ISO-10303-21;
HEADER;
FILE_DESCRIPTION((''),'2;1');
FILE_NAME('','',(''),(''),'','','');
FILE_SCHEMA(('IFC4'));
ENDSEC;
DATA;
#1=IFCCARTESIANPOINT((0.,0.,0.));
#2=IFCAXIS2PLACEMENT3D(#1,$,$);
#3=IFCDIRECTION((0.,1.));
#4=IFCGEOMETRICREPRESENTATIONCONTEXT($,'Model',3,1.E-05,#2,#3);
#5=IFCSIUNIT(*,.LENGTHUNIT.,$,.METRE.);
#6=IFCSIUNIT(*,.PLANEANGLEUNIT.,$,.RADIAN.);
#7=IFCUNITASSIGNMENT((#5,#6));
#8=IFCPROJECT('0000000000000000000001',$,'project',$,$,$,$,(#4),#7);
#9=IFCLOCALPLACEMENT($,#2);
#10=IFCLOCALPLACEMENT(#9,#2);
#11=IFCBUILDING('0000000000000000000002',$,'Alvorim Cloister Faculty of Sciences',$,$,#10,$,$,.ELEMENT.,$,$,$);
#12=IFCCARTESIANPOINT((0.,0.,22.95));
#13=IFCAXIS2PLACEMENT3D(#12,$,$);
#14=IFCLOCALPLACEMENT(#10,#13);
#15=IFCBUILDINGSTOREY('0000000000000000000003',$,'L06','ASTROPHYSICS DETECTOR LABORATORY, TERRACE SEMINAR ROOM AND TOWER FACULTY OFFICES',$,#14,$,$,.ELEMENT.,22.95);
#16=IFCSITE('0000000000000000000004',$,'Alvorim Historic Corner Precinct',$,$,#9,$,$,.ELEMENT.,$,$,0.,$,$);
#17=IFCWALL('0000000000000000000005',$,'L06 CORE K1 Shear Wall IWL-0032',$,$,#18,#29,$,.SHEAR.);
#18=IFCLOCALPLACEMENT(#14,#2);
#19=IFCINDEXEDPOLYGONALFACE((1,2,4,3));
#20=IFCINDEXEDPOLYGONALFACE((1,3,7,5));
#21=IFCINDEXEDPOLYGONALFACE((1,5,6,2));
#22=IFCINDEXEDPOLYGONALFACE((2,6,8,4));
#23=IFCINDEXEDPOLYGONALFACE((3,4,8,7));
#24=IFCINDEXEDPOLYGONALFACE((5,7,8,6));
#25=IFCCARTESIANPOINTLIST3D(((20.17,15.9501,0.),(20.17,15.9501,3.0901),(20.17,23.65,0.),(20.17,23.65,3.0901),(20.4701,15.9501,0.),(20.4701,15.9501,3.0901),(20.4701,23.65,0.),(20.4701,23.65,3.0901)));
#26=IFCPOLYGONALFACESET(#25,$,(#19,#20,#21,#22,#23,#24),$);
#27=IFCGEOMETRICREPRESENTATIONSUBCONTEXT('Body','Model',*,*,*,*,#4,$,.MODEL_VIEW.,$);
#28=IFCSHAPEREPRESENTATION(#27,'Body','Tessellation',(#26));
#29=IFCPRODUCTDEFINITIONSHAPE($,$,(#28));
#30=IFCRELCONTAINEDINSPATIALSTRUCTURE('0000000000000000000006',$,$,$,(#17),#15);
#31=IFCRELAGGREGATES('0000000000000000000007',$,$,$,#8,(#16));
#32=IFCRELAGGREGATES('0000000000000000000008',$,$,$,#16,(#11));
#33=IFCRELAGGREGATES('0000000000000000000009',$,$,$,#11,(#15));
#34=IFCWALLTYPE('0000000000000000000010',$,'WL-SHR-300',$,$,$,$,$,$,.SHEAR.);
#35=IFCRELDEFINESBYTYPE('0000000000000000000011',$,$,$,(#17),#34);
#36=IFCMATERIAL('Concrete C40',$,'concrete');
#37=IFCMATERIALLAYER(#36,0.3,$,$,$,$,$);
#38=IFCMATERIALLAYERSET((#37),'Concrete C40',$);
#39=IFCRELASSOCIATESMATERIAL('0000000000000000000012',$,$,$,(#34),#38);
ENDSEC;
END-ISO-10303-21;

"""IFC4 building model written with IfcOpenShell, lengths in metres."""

from ifc_helpers import new_model, si_unit, direction, frame, frame_2d, origin, place, context, subcontext, project, spatial, rectangle, extrude, material, layer, layer_set, type_object, element, save


model = new_model("IFC4")

# Units and contexts
model_context = context("Model", 3, precision=1e-05, world=origin(), true_north=direction((0.0, 1.0)))
body_context = subcontext(model_context, "Body", "Model", "MODEL_VIEW")
ifc_project = project(units=[si_unit("LENGTHUNIT", "METRE"), si_unit("PLANEANGLEUNIT", "RADIAN")], contexts=[model_context])

# Site, building, storey
site_placement = place(None, origin())
site = spatial("IfcSite", under=ifc_project, at=site_placement, Name="Alvorim Historic Corner Precinct", CompositionType="ELEMENT", RefElevation=0.0)
building_placement = place(site_placement, origin())
building = spatial("IfcBuilding", under=site, at=building_placement, Name="Alvorim Cloister Faculty of Sciences", CompositionType="ELEMENT")
storey_placement = place(building_placement, frame((0.0, 0.0, 22.95)))
storey = spatial("IfcBuildingStorey", under=building, at=storey_placement, Name="L06", Description="ASTROPHYSICS DETECTOR LABORATORY, TERRACE SEMINAR ROOM AND TOWER FACULTY OFFICES", CompositionType="ELEMENT", Elevation=22.95)

# Shared definitions
ifc_material_1 = material(Name="Concrete C40", Category="concrete")
ifc_layer_1 = layer(ifc_material_1, 0.3)
ifc_layer_set_1 = layer_set([ifc_layer_1], Name="Concrete C40")
wall_type_1 = type_object("IfcWallType", Name="WL-SHR-300", PredefinedType="SHEAR", material=ifc_layer_set_1)

# Wall
wall_1_placement = place(storey_placement, frame((20.3201, 15.95, 0.0), z_axis=(0.0, 0.0, 1.0), x_axis=(0.0, 1.0, 0.0)))
element("IfcWall", 1, at=wall_1_placement, inside=storey, type_object=wall_type_1, Name="L06 CORE K1 Shear Wall IWL-0032", PredefinedType="SHEAR", context=body_context, shape_type="SweptSolid", body=[
    extrude(rectangle(XDim=7.7, YDim=0.3, at=frame_2d((3.8501, 0.0))), origin(), (0.0, 0.0, 1.0), 3.0901),
])

save(model, "model.ifc")
